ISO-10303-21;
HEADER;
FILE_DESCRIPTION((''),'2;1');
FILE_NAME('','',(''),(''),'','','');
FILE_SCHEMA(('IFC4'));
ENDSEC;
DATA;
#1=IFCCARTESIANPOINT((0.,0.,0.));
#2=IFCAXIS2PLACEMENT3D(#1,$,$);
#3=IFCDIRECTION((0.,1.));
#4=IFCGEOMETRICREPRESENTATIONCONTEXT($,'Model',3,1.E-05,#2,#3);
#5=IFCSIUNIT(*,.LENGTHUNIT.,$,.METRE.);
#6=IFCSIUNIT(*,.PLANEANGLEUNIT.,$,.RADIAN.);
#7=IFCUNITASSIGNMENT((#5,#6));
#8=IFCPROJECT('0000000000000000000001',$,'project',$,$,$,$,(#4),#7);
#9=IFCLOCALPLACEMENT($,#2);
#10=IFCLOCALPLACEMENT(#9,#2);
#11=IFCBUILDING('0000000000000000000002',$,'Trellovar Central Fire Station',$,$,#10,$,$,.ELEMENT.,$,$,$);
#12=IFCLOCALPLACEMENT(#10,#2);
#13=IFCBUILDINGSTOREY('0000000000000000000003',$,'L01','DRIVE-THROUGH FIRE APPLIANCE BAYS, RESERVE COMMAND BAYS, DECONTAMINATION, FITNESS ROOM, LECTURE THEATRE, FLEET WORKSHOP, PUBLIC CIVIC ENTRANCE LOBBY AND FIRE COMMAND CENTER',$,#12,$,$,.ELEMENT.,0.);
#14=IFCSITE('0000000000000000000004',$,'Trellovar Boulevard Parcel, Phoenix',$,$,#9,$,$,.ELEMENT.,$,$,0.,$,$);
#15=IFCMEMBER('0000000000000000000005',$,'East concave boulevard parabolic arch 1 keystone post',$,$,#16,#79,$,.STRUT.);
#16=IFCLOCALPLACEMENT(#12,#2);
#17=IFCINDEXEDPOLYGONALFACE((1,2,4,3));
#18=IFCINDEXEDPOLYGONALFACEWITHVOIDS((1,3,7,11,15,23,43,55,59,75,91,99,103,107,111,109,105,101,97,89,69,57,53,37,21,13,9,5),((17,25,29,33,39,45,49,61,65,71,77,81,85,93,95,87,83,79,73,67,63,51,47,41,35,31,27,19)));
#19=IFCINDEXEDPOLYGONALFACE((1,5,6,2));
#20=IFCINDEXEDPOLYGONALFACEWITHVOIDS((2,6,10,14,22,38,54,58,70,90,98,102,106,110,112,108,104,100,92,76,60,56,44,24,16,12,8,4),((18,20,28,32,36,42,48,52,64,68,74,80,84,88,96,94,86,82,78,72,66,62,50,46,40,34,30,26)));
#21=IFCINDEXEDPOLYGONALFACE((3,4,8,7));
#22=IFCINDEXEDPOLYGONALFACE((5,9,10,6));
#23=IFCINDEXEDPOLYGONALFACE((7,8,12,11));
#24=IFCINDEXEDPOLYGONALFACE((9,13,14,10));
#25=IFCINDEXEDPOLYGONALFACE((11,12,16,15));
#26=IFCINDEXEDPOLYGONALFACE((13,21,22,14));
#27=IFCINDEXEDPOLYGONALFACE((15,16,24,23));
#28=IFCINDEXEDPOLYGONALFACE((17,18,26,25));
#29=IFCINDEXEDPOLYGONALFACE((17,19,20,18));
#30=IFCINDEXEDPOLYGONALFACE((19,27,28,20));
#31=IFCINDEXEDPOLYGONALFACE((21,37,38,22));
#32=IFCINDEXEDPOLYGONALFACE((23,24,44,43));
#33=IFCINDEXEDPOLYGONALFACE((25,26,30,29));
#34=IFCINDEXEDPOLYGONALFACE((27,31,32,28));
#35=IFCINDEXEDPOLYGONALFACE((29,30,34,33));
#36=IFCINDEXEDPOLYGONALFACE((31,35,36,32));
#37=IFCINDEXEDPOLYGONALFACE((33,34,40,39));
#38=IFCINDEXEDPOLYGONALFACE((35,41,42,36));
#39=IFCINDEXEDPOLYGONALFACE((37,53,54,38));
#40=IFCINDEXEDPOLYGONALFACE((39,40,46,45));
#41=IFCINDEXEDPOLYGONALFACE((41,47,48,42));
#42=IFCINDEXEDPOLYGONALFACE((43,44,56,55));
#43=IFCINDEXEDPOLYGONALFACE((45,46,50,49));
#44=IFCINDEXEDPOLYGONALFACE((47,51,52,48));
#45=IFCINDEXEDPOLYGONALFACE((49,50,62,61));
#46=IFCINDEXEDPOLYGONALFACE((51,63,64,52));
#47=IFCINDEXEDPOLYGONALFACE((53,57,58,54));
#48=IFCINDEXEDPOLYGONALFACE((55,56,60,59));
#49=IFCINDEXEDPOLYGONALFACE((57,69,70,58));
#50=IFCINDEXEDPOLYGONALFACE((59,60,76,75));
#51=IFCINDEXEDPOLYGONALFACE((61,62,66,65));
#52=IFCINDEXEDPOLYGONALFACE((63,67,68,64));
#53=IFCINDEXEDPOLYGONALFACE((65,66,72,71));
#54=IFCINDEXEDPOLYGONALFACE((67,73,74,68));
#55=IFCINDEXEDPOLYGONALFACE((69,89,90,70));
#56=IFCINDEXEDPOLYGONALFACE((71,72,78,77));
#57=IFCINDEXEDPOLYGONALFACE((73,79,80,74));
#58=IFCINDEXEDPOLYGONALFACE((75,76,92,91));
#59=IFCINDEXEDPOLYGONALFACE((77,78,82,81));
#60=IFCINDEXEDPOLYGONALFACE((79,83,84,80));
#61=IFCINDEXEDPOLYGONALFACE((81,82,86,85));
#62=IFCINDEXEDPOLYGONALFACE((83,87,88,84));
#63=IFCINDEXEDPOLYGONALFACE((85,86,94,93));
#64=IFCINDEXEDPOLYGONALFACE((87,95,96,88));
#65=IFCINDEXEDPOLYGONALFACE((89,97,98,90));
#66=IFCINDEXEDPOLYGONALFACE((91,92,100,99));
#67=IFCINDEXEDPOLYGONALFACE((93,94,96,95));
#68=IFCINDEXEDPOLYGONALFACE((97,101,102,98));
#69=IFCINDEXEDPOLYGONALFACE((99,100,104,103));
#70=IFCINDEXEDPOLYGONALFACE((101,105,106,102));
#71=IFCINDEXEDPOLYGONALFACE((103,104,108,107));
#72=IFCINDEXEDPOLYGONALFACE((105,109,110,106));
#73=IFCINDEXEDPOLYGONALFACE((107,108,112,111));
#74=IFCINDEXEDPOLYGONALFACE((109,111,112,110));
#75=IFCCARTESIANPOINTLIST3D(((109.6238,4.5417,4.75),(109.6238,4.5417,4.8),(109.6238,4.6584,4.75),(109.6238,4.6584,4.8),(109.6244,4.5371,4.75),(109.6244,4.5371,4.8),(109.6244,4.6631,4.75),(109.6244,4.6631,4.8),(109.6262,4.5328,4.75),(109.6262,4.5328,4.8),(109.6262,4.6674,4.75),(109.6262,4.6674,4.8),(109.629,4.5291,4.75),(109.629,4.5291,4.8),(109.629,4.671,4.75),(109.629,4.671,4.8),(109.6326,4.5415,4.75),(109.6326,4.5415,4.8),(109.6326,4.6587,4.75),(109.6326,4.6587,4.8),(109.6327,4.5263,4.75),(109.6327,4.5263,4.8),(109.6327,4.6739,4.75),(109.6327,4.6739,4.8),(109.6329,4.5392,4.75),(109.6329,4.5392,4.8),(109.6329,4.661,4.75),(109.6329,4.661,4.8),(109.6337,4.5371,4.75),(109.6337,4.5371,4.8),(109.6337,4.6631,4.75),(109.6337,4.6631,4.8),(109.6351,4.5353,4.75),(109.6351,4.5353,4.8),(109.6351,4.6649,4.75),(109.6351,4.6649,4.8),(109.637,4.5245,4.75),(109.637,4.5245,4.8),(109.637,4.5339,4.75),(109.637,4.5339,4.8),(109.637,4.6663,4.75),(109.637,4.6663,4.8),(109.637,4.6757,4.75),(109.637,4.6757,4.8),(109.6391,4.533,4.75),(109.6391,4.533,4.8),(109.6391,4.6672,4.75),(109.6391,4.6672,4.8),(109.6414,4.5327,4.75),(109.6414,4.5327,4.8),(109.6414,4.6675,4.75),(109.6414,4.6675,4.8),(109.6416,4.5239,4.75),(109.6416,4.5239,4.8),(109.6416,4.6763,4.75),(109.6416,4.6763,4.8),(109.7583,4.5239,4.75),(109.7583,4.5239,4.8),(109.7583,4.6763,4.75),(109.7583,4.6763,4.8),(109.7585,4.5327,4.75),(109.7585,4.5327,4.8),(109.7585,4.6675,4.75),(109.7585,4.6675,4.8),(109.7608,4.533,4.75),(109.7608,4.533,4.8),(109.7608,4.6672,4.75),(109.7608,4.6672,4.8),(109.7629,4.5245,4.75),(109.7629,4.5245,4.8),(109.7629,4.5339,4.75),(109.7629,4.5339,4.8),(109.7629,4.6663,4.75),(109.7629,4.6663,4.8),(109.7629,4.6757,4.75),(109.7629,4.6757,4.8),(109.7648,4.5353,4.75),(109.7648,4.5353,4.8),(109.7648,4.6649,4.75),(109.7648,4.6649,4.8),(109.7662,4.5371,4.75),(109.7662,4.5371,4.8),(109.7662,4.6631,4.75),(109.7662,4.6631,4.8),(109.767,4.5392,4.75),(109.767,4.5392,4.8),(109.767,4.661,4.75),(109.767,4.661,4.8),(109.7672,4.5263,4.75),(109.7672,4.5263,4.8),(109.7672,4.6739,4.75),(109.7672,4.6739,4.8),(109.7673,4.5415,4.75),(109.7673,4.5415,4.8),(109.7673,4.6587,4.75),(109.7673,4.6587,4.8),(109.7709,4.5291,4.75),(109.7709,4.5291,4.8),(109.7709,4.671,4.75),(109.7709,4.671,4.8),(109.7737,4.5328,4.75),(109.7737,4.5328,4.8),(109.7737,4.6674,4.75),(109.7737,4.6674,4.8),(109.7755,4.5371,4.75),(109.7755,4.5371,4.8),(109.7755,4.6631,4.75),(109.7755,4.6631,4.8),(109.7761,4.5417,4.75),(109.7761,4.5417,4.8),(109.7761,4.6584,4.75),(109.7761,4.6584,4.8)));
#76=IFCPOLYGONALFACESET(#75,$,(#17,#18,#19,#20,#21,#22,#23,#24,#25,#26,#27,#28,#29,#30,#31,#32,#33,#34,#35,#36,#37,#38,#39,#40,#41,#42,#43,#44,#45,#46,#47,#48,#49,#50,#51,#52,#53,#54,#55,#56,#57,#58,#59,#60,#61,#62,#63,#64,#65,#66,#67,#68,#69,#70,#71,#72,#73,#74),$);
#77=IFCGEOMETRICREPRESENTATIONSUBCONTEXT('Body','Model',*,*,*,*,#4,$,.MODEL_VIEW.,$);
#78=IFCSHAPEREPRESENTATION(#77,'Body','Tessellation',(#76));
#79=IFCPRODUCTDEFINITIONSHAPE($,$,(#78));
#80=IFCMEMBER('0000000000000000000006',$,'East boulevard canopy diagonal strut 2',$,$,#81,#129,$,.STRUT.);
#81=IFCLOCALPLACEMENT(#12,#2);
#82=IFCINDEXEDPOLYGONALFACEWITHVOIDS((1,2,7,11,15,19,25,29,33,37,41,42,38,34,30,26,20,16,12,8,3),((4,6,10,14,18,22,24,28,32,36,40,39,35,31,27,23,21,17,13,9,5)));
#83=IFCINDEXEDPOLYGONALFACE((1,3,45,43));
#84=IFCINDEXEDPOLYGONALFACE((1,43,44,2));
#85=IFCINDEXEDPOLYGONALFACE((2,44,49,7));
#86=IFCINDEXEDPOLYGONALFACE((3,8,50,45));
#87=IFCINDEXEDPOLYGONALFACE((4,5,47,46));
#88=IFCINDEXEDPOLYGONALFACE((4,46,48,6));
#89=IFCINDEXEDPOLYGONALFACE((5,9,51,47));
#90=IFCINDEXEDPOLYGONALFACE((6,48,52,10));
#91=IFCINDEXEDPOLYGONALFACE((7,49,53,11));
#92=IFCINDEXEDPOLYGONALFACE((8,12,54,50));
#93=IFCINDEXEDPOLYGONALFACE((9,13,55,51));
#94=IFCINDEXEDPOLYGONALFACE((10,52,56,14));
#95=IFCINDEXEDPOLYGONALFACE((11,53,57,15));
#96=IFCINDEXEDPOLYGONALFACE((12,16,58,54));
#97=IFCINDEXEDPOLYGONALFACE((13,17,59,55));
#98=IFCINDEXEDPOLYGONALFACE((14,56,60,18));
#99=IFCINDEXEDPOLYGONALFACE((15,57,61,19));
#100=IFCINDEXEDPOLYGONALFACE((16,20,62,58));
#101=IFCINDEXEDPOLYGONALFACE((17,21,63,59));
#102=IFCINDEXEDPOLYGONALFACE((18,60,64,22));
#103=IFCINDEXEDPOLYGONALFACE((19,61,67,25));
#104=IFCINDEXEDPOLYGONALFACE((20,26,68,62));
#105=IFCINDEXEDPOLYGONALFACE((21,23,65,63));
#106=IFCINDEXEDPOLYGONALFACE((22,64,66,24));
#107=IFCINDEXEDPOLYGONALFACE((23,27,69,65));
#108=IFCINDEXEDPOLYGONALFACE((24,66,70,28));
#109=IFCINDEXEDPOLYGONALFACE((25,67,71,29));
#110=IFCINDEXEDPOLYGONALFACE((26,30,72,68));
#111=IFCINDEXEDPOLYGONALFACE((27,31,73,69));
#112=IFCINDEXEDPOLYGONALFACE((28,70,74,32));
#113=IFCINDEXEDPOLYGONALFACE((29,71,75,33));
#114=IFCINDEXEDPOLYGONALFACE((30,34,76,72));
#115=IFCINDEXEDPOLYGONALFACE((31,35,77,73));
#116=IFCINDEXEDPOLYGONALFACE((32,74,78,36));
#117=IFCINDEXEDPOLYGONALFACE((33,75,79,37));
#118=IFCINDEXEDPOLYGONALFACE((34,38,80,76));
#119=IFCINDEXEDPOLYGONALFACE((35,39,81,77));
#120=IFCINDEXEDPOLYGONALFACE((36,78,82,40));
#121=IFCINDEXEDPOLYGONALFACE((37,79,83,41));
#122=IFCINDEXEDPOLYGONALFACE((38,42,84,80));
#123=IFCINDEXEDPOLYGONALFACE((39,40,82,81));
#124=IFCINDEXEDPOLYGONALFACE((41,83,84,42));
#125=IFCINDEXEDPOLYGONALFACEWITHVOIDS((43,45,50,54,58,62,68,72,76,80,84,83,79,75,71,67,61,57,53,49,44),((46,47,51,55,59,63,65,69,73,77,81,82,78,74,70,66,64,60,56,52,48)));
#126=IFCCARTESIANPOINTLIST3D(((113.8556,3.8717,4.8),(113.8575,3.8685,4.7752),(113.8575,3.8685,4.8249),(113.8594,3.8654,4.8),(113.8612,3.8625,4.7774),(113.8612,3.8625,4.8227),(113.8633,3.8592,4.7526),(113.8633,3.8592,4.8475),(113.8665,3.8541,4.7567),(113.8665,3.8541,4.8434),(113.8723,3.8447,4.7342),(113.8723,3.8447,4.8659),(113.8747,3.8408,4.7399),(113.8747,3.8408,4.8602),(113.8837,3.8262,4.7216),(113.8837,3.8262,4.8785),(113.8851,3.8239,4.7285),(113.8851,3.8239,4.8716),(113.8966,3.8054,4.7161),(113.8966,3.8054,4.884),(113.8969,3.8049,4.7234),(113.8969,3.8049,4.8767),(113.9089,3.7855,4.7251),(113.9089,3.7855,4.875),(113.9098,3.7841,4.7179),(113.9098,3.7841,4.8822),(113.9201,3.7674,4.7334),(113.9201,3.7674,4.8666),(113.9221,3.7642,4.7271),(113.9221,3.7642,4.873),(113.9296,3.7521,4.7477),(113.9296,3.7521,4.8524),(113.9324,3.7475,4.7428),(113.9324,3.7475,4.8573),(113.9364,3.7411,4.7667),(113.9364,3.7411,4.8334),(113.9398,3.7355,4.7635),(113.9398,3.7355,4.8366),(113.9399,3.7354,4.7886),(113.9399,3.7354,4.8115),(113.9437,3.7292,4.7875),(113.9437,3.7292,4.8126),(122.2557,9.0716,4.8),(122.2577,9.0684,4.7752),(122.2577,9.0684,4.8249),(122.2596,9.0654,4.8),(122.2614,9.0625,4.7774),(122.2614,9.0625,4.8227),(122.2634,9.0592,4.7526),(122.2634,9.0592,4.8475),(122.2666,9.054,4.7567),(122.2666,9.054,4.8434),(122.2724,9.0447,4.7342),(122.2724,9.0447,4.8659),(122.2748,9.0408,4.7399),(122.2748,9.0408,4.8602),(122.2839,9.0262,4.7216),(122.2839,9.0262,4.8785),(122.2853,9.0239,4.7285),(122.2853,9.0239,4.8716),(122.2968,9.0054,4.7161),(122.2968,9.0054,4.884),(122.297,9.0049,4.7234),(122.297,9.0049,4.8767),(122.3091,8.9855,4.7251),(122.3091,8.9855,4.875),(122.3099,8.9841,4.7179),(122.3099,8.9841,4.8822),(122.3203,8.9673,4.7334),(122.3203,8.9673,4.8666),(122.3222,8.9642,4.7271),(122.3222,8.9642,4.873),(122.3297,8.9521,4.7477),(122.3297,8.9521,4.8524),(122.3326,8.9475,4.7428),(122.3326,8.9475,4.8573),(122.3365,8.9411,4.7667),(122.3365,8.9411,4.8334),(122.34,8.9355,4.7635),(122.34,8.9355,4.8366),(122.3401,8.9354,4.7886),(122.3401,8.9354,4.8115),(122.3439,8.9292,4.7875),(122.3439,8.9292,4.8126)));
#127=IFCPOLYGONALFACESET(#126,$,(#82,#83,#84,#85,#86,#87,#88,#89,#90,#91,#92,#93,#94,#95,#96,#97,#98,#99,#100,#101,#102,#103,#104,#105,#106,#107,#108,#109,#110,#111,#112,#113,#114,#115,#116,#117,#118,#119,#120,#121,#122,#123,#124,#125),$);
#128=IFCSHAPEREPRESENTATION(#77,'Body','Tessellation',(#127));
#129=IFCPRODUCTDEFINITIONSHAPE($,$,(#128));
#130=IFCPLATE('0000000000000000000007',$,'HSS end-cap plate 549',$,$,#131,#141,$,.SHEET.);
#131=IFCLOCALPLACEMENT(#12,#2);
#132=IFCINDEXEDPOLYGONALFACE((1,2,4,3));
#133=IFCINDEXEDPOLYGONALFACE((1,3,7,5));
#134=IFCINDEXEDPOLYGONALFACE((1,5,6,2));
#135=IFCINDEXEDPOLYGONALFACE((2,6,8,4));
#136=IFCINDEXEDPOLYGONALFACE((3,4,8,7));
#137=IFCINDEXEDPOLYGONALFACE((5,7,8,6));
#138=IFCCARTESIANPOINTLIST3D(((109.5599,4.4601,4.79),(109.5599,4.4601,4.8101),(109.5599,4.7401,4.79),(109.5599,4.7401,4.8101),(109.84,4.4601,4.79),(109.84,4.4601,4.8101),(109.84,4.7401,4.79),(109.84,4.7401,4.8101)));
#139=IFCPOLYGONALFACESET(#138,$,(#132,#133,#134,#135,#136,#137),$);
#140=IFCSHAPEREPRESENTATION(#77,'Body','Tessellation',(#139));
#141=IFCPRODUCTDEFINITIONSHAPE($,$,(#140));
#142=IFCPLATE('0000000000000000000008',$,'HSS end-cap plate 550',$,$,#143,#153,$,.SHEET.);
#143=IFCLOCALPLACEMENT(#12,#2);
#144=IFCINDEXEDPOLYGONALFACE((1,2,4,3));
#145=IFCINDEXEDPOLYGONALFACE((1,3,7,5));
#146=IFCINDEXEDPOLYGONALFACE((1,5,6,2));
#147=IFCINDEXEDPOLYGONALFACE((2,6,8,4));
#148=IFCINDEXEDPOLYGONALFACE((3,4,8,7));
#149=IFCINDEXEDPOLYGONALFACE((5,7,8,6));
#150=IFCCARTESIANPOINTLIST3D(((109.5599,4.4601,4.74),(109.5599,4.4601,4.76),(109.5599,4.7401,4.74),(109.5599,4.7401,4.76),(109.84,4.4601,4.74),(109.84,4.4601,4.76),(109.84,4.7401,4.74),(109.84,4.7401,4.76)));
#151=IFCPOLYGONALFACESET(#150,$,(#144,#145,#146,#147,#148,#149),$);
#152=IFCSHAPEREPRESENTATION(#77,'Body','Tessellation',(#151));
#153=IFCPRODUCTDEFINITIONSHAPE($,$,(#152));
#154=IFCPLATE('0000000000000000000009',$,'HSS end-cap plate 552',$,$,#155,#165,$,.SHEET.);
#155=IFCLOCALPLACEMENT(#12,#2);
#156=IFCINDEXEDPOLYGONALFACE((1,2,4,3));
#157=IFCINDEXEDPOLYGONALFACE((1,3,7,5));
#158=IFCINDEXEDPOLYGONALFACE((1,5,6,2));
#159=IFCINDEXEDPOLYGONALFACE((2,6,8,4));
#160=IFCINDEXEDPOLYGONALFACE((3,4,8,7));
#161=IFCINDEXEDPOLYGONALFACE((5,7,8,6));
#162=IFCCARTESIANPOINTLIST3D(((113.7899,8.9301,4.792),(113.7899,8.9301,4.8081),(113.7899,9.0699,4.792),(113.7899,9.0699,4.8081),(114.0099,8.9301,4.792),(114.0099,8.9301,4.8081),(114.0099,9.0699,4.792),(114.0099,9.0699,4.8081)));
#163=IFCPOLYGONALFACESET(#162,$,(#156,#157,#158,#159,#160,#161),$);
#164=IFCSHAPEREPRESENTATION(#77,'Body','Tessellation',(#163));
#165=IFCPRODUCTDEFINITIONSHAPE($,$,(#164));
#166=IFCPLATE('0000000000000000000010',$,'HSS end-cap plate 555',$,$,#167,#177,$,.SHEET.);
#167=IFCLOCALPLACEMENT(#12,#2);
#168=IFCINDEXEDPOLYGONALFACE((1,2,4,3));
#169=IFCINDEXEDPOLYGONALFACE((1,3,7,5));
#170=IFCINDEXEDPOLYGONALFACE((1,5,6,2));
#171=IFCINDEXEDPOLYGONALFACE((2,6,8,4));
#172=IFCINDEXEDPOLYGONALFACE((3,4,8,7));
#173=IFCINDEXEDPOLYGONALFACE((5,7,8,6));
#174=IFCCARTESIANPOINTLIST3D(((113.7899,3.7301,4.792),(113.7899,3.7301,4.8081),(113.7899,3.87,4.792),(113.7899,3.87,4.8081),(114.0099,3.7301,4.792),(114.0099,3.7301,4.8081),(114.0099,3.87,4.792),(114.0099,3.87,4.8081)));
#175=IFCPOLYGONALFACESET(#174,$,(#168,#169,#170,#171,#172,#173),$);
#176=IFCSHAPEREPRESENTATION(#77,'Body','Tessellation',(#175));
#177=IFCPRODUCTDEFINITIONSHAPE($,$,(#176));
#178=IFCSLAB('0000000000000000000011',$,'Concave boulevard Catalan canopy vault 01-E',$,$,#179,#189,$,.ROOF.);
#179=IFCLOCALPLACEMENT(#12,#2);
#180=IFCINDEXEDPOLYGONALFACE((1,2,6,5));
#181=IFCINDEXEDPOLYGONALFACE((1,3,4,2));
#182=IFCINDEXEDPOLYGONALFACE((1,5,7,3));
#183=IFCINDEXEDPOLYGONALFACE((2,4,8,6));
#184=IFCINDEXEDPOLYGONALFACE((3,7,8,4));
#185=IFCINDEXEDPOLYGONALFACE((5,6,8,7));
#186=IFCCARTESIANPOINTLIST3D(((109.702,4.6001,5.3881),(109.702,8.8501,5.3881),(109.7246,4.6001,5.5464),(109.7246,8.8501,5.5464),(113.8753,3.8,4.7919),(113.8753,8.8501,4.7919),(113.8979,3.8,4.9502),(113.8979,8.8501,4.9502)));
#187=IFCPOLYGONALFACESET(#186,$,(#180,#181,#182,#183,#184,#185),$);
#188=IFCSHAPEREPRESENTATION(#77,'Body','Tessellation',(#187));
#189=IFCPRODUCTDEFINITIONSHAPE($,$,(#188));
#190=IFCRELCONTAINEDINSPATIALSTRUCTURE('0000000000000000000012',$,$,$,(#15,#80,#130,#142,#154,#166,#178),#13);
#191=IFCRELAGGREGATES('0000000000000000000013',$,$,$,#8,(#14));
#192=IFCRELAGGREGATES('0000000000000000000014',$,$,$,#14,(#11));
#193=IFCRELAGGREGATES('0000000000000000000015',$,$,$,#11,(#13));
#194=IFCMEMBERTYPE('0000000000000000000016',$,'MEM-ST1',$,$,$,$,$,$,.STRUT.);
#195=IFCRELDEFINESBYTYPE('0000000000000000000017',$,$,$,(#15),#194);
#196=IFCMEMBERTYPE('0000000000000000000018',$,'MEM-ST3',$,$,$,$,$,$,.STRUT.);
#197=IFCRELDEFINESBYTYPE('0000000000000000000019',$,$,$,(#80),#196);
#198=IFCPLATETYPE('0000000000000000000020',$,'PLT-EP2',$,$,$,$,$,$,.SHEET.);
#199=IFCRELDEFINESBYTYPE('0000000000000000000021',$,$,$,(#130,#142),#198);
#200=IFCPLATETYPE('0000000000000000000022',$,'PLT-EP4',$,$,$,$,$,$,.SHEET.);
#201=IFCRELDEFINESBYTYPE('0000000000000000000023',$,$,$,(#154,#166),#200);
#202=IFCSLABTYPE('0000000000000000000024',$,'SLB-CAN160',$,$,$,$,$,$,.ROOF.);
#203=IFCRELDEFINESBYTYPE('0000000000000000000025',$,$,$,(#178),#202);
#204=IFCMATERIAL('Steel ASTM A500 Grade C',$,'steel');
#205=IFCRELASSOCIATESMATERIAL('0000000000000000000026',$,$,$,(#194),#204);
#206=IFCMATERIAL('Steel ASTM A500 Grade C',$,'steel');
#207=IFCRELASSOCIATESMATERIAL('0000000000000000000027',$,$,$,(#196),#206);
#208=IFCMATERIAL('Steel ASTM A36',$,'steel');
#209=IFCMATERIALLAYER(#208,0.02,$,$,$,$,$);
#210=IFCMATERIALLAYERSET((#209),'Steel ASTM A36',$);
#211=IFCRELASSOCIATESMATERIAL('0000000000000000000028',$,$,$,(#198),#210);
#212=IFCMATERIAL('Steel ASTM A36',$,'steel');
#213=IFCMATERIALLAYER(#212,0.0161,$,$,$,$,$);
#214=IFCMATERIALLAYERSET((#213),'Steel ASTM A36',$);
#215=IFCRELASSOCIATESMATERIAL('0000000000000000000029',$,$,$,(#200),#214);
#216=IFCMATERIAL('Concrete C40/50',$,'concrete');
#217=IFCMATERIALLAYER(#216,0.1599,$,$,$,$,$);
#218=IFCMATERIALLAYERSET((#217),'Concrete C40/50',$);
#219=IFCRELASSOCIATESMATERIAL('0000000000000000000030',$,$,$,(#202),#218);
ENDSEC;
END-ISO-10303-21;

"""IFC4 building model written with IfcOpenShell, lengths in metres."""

from ifc_helpers import new_model, si_unit, direction, frame, origin, origin_2d, place, context, subcontext, project, spatial, polyline, rectangle, hollow_rectangle, hollow_circle, outline, extrude, material, layer, layer_set, material_profile, profile_set, type_object, element, save


model = new_model("IFC4")

# Units and contexts
model_context = context("Model", 3, precision=1e-05, world=origin(), true_north=direction((0.0, 1.0)))
body_context = subcontext(model_context, "Body", "Model", "MODEL_VIEW")
ifc_project = project(units=[si_unit("LENGTHUNIT", "METRE"), si_unit("PLANEANGLEUNIT", "RADIAN")], contexts=[model_context])

# Site, building, storey
site_placement = place(None, origin())
site = spatial("IfcSite", under=ifc_project, at=site_placement, Name="Trellovar Boulevard Parcel, Phoenix", CompositionType="ELEMENT", RefElevation=0.0)
building_placement = place(site_placement, origin())
building = spatial("IfcBuilding", under=site, at=building_placement, Name="Trellovar Central Fire Station", CompositionType="ELEMENT")
storey_placement = place(building_placement, origin())
storey = spatial("IfcBuildingStorey", under=building, at=storey_placement, Name="L01", Description="DRIVE-THROUGH FIRE APPLIANCE BAYS, RESERVE COMMAND BAYS, DECONTAMINATION, FITNESS ROOM, LECTURE THEATRE, FLEET WORKSHOP, PUBLIC CIVIC ENTRANCE LOBBY AND FIRE COMMAND CENTER", CompositionType="ELEMENT", Elevation=0.0)

# Members
ifc_material_1 = material(Name="Steel ASTM A500 Grade C", Category="steel")
ifc_material_profile_1 = material_profile(ifc_material_1, hollow_rectangle(XDim=0.1523, YDim=0.1523, WallThickness=0.0088, InnerFilletRadius=0.0088, OuterFilletRadius=0.0178, at=origin_2d()), Name="HSS6X6X3/8")
ifc_profile_set_1 = profile_set([ifc_material_profile_1], Name="Steel ASTM A500 Grade C")
member_type_1 = type_object("IfcMemberType", Name="MEM-ST1", PredefinedType="STRUT", material=ifc_profile_set_1)
member_1_placement = place(storey_placement, frame((109.7, 4.6001, 4.8), z_axis=(0.0, 0.0, -1.0), x_axis=(1.0, 0.0, 0.0)))
element("IfcMember", 1, at=member_1_placement, inside=storey, type_object=member_type_1, Name="East concave boulevard parabolic arch 1 keystone post", PredefinedType="STRUT", context=body_context, shape_type="SweptSolid", body=[
    extrude(hollow_rectangle(XDim=0.1523, YDim=0.1523, WallThickness=0.0088, InnerFilletRadius=0.0088, OuterFilletRadius=0.0178, at=origin_2d()), origin(), (0.0, 0.0, 1.0), 0.05),
])
ifc_material_2 = material(Name="Steel ASTM A500 Grade C", Category="steel")
ifc_material_profile_2 = material_profile(ifc_material_2, hollow_circle(Radius=0.0842, WallThickness=0.0073, at=origin_2d()), Name="HSS6.625X0.312")
ifc_profile_set_2 = profile_set([ifc_material_profile_2], Name="Steel ASTM A500 Grade C")
member_type_2 = type_object("IfcMemberType", Name="MEM-ST3", PredefinedType="STRUT", material=ifc_profile_set_2)
member_2_placement = place(storey_placement, frame((113.8999, 3.8, 4.8), z_axis=(0.850271, 0.526344, 0.0), x_axis=(-0.526344, 0.850271, 0.0)))
element("IfcMember", 2, at=member_2_placement, inside=storey, type_object=member_type_2, Name="East boulevard canopy diagonal strut 2", PredefinedType="STRUT", context=body_context, shape_type="SweptSolid", body=[
    extrude(hollow_circle(Radius=0.0842, WallThickness=0.0073, at=origin_2d()), origin(), (0.0, 0.0, 1.0), 9.8794),
])

# Plates
ifc_material_3 = material(Name="Steel ASTM A36", Category="steel")
ifc_layer_1 = layer(ifc_material_3, 0.02)
ifc_layer_set_1 = layer_set([ifc_layer_1], Name="Steel ASTM A36")
plate_type_1 = type_object("IfcPlateType", Name="PLT-EP2", PredefinedType="SHEET", material=ifc_layer_set_1)
for number, where, z_axis, x_axis, name in (
    (3, (109.7, 4.6001, 4.79), (0.0, 0.0, 1.0), (1.0, 0.0, 0.0), "HSS end-cap plate 549"),
    (4, (109.7, 4.6001, 4.74), (0.0, 0.0, 1.0), (1.0, 0.0, 0.0), "HSS end-cap plate 550"),
):
    element("IfcPlate", number, at=place(storey_placement, frame(where, z_axis=z_axis, x_axis=x_axis)), inside=storey, type_object=plate_type_1, Name=name, PredefinedType="SHEET", context=body_context, shape_type="SweptSolid", body=[
        extrude(rectangle(XDim=0.28, YDim=0.28, at=origin_2d()), origin(), (0.0, 0.0, 1.0), 0.02),
    ])
ifc_material_4 = material(Name="Steel ASTM A36", Category="steel")
ifc_layer_2 = layer(ifc_material_4, 0.0161)
ifc_layer_set_2 = layer_set([ifc_layer_2], Name="Steel ASTM A36")
plate_type_2 = type_object("IfcPlateType", Name="PLT-EP4", PredefinedType="SHEET", material=ifc_layer_set_2)
for number, where, z_axis, x_axis, name in (
    (5, (113.8999, 9.0, 4.792), (0.0, 0.0, 1.0), (1.0, 0.0, 0.0), "HSS end-cap plate 552"),
    (6, (113.8999, 3.8, 4.792), (0.0, 0.0, 1.0), (1.0, 0.0, 0.0), "HSS end-cap plate 555"),
):
    element("IfcPlate", number, at=place(storey_placement, frame(where, z_axis=z_axis, x_axis=x_axis)), inside=storey, type_object=plate_type_2, Name=name, PredefinedType="SHEET", context=body_context, shape_type="SweptSolid", body=[
        extrude(rectangle(XDim=0.22, YDim=0.1399, at=origin_2d()), origin(), (0.0, 0.0, 1.0), 0.0161),
    ])

# Slab
ifc_material_5 = material(Name="Concrete C40/50", Category="concrete")
ifc_layer_3 = layer(ifc_material_5, 0.1599)
ifc_layer_set_3 = layer_set([ifc_layer_3], Name="Concrete C40/50")
slab_type = type_object("IfcSlabType", Name="SLB-CAN160", PredefinedType="ROOF", material=ifc_layer_set_3)
slab_1_placement = place(storey_placement, frame((109.7246, 4.6001, 5.5464), z_axis=(0.141421, 0.0, 0.989949), x_axis=(0.97259, -0.18645, -0.138941)))
element("IfcSlab", 7, at=slab_1_placement, inside=storey, type_object=slab_type, Name="Concave boulevard Catalan canopy vault 01-E", PredefinedType="ROOF", context=body_context, shape_type="SweptSolid", body=[
    extrude(outline(polyline([(0.0, 0.0), (4.291, 0.0), (3.3494, 4.9615), (-0.7924, 4.1755), (0.0, 0.0)])), origin(), (0.0, 0.0, -1.0), 0.1599),
])

save(model, "model.ifc")
